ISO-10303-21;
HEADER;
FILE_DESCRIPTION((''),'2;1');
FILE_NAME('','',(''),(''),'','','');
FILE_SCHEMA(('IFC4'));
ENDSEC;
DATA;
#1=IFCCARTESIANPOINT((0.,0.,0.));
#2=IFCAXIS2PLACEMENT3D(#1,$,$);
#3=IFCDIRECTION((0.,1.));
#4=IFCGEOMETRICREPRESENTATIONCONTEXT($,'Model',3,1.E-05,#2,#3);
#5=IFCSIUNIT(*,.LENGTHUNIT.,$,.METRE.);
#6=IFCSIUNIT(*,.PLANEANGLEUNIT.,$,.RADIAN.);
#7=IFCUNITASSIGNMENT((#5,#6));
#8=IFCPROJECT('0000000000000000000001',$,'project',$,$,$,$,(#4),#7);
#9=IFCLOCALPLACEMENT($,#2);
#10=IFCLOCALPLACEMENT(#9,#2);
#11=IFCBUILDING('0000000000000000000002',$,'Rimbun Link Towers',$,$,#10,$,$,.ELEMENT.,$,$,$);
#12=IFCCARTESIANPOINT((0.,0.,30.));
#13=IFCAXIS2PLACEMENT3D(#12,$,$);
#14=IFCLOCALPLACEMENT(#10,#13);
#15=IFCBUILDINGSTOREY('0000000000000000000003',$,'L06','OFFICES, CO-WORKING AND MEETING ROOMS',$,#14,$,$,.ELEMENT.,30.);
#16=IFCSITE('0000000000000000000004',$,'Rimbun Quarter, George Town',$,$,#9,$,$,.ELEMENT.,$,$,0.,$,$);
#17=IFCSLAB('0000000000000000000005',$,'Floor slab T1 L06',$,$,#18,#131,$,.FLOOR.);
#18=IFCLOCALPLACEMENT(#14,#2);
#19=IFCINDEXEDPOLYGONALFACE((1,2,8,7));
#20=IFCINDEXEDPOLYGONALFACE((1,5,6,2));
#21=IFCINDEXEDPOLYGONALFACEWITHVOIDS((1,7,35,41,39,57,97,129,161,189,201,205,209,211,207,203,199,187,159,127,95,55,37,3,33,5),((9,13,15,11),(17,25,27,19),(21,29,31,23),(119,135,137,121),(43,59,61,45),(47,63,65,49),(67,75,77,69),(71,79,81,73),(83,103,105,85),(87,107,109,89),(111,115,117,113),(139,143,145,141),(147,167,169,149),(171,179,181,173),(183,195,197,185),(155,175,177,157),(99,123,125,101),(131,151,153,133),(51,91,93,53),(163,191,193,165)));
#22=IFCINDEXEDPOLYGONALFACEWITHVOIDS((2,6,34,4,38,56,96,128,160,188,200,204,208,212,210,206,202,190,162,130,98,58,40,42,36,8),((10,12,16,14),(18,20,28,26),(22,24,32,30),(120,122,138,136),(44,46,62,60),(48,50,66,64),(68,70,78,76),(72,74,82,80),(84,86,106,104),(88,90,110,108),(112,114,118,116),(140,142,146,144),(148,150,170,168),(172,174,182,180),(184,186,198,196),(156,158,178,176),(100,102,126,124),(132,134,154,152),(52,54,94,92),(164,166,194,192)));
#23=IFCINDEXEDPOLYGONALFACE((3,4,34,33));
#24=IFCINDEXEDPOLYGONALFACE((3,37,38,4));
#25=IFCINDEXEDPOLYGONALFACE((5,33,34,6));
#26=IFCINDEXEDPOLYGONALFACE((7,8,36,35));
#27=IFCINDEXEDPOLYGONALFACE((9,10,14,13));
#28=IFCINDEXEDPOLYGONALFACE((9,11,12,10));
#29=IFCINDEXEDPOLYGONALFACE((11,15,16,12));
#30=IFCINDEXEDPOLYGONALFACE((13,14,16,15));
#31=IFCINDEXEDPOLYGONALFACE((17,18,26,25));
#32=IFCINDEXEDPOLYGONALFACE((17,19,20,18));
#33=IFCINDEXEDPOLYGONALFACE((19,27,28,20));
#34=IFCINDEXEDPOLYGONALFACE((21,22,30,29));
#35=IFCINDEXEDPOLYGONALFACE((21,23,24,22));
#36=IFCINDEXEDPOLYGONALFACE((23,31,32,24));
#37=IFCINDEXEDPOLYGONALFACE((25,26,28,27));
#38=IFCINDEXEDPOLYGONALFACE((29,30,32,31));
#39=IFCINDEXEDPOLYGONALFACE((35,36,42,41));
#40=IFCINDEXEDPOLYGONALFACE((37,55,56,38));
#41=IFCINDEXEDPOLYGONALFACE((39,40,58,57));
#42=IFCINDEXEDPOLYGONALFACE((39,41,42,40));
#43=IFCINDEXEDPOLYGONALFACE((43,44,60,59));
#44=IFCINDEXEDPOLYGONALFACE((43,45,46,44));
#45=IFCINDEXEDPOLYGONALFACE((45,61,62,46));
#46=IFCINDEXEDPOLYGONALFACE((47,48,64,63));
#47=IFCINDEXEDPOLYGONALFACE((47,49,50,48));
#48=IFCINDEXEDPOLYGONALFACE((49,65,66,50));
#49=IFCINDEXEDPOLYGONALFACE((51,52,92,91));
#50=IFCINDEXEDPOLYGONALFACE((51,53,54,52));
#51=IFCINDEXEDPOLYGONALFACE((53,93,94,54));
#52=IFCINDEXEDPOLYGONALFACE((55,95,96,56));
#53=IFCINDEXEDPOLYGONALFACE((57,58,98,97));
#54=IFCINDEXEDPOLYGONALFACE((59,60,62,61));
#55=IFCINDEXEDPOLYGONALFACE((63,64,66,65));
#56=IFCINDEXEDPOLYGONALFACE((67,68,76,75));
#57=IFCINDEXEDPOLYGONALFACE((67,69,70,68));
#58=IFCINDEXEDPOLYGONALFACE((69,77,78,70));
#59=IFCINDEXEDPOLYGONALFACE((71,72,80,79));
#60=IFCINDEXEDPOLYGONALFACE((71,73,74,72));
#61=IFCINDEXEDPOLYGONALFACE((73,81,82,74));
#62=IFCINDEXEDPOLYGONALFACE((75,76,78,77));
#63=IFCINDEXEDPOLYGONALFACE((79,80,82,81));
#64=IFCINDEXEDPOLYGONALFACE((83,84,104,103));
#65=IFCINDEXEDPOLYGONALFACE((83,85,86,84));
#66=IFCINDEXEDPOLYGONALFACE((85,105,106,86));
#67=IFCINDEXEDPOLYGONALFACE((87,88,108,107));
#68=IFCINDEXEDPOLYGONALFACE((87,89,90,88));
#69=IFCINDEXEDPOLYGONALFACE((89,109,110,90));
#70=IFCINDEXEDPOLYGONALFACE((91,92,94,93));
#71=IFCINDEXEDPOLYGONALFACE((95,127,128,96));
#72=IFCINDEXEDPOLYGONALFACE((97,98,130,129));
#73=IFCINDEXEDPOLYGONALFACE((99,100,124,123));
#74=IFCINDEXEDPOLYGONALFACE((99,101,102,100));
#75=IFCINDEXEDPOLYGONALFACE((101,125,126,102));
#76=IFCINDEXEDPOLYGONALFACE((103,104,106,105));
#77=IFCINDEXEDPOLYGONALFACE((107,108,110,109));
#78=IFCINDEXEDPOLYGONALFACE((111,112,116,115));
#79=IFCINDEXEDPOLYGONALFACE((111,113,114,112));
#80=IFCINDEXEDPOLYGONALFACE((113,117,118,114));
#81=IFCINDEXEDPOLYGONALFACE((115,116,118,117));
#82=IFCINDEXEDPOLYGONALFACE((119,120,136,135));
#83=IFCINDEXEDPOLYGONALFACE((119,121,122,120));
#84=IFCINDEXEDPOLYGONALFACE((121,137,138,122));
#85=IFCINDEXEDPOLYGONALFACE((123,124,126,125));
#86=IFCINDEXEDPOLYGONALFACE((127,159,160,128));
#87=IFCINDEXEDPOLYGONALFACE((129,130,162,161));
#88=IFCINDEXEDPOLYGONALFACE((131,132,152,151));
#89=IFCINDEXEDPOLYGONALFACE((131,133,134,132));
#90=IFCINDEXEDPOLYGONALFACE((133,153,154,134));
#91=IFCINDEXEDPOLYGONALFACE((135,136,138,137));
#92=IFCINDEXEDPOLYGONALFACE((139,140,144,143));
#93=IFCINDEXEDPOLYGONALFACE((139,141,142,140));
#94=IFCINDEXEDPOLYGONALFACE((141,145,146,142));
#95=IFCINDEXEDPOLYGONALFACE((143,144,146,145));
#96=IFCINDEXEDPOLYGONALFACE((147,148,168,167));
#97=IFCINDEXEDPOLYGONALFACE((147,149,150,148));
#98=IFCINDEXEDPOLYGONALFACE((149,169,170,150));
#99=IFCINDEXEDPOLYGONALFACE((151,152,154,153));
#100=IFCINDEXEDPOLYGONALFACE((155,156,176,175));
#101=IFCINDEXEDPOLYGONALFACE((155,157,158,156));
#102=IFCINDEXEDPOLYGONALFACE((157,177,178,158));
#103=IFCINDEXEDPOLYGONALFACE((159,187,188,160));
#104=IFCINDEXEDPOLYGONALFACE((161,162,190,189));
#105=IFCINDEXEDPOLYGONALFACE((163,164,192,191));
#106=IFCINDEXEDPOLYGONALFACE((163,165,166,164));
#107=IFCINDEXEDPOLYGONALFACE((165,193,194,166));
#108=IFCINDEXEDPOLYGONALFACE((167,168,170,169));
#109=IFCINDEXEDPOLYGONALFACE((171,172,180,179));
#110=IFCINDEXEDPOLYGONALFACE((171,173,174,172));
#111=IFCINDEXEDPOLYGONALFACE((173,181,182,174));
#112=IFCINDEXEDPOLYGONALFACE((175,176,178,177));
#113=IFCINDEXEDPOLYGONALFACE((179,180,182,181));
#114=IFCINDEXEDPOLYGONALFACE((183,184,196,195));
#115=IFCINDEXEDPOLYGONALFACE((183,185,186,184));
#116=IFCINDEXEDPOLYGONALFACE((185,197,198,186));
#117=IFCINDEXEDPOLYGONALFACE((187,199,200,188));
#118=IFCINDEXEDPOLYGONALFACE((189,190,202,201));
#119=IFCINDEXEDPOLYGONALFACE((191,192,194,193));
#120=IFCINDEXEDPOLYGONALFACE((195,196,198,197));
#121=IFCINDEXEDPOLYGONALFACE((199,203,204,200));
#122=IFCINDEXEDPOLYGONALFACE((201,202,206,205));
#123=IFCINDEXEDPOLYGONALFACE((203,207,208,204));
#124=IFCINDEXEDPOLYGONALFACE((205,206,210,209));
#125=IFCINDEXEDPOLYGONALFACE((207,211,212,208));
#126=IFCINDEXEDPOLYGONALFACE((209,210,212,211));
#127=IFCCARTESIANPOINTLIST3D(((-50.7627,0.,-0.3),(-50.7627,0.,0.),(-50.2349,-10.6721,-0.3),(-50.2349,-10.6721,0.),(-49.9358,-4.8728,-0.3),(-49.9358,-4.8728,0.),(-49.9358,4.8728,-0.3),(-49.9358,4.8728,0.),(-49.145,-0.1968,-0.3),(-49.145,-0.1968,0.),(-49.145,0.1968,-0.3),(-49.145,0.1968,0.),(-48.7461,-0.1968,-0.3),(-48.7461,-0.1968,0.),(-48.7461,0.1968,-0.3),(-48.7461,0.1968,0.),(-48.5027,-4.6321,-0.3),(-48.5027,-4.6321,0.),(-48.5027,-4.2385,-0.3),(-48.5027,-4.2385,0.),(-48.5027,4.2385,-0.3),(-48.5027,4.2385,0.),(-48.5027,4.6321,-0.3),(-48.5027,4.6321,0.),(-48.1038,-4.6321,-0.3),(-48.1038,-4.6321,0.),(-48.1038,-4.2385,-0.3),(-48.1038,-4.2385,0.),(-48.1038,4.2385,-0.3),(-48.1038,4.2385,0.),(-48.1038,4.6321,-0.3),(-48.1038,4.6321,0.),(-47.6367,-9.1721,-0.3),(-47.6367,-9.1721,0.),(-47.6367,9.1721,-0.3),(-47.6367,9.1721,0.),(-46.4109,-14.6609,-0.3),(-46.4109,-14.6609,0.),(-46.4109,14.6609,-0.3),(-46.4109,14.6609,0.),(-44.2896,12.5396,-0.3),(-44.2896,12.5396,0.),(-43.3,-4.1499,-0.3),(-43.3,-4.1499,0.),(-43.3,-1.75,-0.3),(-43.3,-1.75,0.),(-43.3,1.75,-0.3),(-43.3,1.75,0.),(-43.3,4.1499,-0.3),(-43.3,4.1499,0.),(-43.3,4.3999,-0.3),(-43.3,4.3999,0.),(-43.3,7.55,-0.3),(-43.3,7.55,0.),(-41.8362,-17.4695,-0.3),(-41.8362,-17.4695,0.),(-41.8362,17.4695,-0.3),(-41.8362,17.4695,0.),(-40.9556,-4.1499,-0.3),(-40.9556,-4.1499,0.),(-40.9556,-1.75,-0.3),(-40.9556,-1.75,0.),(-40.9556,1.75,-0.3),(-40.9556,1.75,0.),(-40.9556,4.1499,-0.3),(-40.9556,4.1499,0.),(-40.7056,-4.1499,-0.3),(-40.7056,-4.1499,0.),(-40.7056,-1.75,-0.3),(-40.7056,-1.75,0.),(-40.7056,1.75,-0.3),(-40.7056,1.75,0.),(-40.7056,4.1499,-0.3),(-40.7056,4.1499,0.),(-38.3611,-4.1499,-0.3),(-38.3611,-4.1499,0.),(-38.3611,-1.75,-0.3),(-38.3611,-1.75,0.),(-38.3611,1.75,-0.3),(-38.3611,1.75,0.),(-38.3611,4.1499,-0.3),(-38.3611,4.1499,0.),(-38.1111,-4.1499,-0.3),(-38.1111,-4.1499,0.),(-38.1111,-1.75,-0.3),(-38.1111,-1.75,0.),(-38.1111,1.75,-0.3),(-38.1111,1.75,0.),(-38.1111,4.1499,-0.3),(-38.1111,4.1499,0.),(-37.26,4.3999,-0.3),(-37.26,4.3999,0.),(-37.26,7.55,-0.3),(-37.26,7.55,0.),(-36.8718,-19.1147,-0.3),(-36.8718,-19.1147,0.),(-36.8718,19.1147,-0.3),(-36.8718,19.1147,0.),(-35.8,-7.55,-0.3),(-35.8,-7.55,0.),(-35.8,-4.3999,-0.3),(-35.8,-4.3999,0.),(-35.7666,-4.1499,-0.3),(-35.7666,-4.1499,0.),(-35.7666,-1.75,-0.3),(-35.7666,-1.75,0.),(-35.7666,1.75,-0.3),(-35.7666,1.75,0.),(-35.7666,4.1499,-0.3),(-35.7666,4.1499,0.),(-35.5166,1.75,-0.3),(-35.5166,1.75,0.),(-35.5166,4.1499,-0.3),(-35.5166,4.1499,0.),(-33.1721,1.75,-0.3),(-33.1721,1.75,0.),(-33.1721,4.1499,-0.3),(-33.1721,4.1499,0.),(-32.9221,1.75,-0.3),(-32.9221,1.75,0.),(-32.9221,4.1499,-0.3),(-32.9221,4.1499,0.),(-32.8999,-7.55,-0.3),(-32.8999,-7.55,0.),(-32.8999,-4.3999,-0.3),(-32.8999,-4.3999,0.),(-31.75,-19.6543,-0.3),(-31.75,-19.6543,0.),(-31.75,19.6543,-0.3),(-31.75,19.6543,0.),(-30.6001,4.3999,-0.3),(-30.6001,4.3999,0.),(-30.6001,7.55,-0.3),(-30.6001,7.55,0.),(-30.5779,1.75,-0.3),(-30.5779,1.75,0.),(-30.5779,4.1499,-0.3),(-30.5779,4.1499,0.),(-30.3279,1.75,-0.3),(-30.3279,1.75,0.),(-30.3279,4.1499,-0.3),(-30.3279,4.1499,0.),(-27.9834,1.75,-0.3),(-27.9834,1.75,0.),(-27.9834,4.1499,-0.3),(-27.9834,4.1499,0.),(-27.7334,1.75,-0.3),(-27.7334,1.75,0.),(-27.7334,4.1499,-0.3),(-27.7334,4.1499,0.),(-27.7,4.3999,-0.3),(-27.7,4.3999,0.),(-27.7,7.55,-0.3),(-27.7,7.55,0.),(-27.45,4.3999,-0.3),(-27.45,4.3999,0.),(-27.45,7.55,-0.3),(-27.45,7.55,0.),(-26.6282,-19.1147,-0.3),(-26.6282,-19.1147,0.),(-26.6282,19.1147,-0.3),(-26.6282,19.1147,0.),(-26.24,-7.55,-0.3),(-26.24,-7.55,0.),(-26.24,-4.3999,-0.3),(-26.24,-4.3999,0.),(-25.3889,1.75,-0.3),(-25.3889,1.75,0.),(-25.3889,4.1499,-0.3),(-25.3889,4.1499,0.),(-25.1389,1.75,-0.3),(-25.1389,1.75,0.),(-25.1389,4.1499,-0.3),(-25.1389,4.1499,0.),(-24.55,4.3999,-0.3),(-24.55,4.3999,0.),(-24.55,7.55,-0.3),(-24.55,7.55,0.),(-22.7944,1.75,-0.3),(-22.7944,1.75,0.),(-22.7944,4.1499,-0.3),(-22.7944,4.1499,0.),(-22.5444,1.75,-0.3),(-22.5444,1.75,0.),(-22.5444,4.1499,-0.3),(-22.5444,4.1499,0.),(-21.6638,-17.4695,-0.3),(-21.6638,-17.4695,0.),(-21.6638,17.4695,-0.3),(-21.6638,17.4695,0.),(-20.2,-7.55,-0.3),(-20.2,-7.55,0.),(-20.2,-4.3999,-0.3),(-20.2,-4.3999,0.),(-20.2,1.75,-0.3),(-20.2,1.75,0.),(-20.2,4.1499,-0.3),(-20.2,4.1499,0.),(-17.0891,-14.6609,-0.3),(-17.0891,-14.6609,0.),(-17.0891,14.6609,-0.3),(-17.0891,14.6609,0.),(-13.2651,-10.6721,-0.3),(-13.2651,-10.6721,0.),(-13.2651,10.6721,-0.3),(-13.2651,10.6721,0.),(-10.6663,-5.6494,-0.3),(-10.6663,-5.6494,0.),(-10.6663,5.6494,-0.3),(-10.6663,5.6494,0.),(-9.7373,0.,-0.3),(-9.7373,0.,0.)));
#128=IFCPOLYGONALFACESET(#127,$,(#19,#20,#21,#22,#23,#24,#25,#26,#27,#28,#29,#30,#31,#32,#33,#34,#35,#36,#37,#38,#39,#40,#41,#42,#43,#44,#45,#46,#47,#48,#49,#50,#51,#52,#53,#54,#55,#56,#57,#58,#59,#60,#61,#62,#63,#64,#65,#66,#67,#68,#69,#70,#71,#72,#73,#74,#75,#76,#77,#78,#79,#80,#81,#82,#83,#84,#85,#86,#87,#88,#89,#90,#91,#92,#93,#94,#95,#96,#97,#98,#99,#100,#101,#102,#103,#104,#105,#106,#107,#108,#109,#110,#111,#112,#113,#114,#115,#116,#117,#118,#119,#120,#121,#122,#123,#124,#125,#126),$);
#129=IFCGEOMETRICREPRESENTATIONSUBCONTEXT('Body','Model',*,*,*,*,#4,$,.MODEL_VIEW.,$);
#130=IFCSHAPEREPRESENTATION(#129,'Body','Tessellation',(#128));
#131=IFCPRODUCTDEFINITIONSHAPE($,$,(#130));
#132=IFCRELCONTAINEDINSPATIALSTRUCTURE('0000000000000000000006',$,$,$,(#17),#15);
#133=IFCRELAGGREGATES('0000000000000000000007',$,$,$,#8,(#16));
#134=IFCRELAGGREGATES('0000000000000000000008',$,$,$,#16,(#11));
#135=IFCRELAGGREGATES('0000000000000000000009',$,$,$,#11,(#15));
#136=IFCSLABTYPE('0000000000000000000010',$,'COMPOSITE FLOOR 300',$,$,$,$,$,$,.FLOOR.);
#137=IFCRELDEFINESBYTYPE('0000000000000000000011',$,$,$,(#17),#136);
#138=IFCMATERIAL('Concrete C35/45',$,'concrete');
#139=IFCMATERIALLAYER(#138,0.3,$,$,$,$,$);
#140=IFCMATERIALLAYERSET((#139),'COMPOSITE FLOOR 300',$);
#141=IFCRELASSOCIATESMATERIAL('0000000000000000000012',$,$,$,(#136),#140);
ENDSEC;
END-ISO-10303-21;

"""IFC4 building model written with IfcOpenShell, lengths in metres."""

from ifc_helpers import new_model, si_unit, direction, frame, origin, place, context, subcontext, project, spatial, polyline, outline, extrude, material, layer, layer_set, type_object, element, save


model = new_model("IFC4")

# Units and contexts
model_context = context("Model", 3, precision=1e-05, world=origin(), true_north=direction((0.0, 1.0)))
body_context = subcontext(model_context, "Body", "Model", "MODEL_VIEW")
ifc_project = project(units=[si_unit("LENGTHUNIT", "METRE"), si_unit("PLANEANGLEUNIT", "RADIAN")], contexts=[model_context])

# Site, building, storey
site_placement = place(None, origin())
site = spatial("IfcSite", under=ifc_project, at=site_placement, Name="Rimbun Quarter, George Town", CompositionType="ELEMENT", RefElevation=0.0)
building_placement = place(site_placement, origin())
building = spatial("IfcBuilding", under=site, at=building_placement, Name="Rimbun Link Towers", CompositionType="ELEMENT")
storey_placement = place(building_placement, frame((0.0, 0.0, 30.0)))
storey = spatial("IfcBuildingStorey", under=building, at=storey_placement, Name="L06", Description="OFFICES, CO-WORKING AND MEETING ROOMS", CompositionType="ELEMENT", Elevation=30.0)

# Slab
ifc_material_1 = material(Name="Concrete C35/45", Category="concrete")
ifc_layer_1 = layer(ifc_material_1, 0.3)
ifc_layer_set_1 = layer_set([ifc_layer_1], Name="COMPOSITE FLOOR 300")
slab_type_1 = type_object("IfcSlabType", Name="COMPOSITE FLOOR 300", PredefinedType="FLOOR", material=ifc_layer_set_1)
slab_1_placement = place(storey_placement, frame((0.0, 0.0, -0.3)))
element("IfcSlab", 1, at=slab_1_placement, inside=storey, type_object=slab_type_1, Name="Floor slab T1 L06", PredefinedType="FLOOR", context=body_context, shape_type="SweptSolid", body=[
    extrude(outline(polyline([(-41.8362, 17.4695), (-36.8718, 19.1147), (-31.75, 19.6543), (-26.6282, 19.1147), (-21.6638, 17.4695), (-17.0891, 14.6609), (-13.2651, 10.6721), (-10.6663, 5.6494), (-9.7373, 0.0), (-10.6663, -5.6494), (-13.2651, -10.6721), (-17.0891, -14.6609), (-21.6638, -17.4695), (-26.6282, -19.1147), (-31.75, -19.6543), (-36.8718, -19.1147), (-41.8362, -17.4695), (-46.4109, -14.6609), (-50.2349, -10.6721), (-47.6367, -9.1721), (-49.9358, -4.8728), (-50.7627, 0.0), (-49.9358, 4.8728), (-47.6367, 9.1721), (-44.2896, 12.5396), (-46.4109, 14.6609), (-41.8362, 17.4695)]), holes=[polyline([(-48.1038, -4.6321), (-48.1038, -4.2385), (-48.5027, -4.2385), (-48.5027, -4.6321), (-48.1038, -4.6321)]), polyline([(-40.9556, -4.1499), (-40.9556, -1.75), (-43.3, -1.75), (-43.3, -4.1499), (-40.9556, -4.1499)]), polyline([(-38.3611, -4.1499), (-38.3611, -1.75), (-40.7056, -1.75), (-40.7056, -4.1499), (-38.3611, -4.1499)]), polyline([(-38.1111, -4.1499), (-35.7666, -4.1499), (-35.7666, -1.75), (-38.1111, -1.75), (-38.1111, -4.1499)]), polyline([(-49.145, -0.1968), (-48.7461, -0.1968), (-48.7461, 0.1968), (-49.145, 0.1968), (-49.145, -0.1968)]), polyline([(-40.9556, 1.75), (-40.9556, 4.1499), (-43.3, 4.1499), (-43.3, 1.75), (-40.9556, 1.75)]), polyline([(-38.3611, 1.75), (-38.3611, 4.1499), (-40.7056, 4.1499), (-40.7056, 1.75), (-38.3611, 1.75)]), polyline([(-35.7666, 1.75), (-35.7666, 4.1499), (-38.1111, 4.1499), (-38.1111, 1.75), (-35.7666, 1.75)]), polyline([(-48.5027, 4.2385), (-48.1038, 4.2385), (-48.1038, 4.6321), (-48.5027, 4.6321), (-48.5027, 4.2385)]), polyline([(-43.3, 4.3999), (-37.26, 4.3999), (-37.26, 7.55), (-43.3, 7.55), (-43.3, 4.3999)]), polyline([(-32.8999, -7.55), (-32.8999, -4.3999), (-35.8, -4.3999), (-35.8, -7.55), (-32.8999, -7.55)]), polyline([(-20.2, -7.55), (-20.2, -4.3999), (-26.24, -4.3999), (-26.24, -7.55), (-20.2, -7.55)]), polyline([(-33.1721, 1.75), (-33.1721, 4.1499), (-35.5166, 4.1499), (-35.5166, 1.75), (-33.1721, 1.75)]), polyline([(-32.9221, 1.75), (-30.5779, 1.75), (-30.5779, 4.1499), (-32.9221, 4.1499), (-32.9221, 1.75)]), polyline([(-30.3279, 1.75), (-27.9834, 1.75), (-27.9834, 4.1499), (-30.3279, 4.1499), (-30.3279, 1.75)]), polyline([(-25.3889, 1.75), (-25.3889, 4.1499), (-27.7334, 4.1499), (-27.7334, 1.75), (-25.3889, 1.75)]), polyline([(-22.7944, 1.75), (-22.7944, 4.1499), (-25.1389, 4.1499), (-25.1389, 1.75), (-22.7944, 1.75)]), polyline([(-20.2, 1.75), (-20.2, 4.1499), (-22.5444, 4.1499), (-22.5444, 1.75), (-20.2, 1.75)]), polyline([(-30.6001, 4.3999), (-27.7, 4.3999), (-27.7, 7.55), (-30.6001, 7.55), (-30.6001, 4.3999)]), polyline([(-27.45, 4.3999), (-24.55, 4.3999), (-24.55, 7.55), (-27.45, 7.55), (-27.45, 4.3999)])]), origin(), (0.0, 0.0, 1.0), 0.3),
])

save(model, "model.ifc")
